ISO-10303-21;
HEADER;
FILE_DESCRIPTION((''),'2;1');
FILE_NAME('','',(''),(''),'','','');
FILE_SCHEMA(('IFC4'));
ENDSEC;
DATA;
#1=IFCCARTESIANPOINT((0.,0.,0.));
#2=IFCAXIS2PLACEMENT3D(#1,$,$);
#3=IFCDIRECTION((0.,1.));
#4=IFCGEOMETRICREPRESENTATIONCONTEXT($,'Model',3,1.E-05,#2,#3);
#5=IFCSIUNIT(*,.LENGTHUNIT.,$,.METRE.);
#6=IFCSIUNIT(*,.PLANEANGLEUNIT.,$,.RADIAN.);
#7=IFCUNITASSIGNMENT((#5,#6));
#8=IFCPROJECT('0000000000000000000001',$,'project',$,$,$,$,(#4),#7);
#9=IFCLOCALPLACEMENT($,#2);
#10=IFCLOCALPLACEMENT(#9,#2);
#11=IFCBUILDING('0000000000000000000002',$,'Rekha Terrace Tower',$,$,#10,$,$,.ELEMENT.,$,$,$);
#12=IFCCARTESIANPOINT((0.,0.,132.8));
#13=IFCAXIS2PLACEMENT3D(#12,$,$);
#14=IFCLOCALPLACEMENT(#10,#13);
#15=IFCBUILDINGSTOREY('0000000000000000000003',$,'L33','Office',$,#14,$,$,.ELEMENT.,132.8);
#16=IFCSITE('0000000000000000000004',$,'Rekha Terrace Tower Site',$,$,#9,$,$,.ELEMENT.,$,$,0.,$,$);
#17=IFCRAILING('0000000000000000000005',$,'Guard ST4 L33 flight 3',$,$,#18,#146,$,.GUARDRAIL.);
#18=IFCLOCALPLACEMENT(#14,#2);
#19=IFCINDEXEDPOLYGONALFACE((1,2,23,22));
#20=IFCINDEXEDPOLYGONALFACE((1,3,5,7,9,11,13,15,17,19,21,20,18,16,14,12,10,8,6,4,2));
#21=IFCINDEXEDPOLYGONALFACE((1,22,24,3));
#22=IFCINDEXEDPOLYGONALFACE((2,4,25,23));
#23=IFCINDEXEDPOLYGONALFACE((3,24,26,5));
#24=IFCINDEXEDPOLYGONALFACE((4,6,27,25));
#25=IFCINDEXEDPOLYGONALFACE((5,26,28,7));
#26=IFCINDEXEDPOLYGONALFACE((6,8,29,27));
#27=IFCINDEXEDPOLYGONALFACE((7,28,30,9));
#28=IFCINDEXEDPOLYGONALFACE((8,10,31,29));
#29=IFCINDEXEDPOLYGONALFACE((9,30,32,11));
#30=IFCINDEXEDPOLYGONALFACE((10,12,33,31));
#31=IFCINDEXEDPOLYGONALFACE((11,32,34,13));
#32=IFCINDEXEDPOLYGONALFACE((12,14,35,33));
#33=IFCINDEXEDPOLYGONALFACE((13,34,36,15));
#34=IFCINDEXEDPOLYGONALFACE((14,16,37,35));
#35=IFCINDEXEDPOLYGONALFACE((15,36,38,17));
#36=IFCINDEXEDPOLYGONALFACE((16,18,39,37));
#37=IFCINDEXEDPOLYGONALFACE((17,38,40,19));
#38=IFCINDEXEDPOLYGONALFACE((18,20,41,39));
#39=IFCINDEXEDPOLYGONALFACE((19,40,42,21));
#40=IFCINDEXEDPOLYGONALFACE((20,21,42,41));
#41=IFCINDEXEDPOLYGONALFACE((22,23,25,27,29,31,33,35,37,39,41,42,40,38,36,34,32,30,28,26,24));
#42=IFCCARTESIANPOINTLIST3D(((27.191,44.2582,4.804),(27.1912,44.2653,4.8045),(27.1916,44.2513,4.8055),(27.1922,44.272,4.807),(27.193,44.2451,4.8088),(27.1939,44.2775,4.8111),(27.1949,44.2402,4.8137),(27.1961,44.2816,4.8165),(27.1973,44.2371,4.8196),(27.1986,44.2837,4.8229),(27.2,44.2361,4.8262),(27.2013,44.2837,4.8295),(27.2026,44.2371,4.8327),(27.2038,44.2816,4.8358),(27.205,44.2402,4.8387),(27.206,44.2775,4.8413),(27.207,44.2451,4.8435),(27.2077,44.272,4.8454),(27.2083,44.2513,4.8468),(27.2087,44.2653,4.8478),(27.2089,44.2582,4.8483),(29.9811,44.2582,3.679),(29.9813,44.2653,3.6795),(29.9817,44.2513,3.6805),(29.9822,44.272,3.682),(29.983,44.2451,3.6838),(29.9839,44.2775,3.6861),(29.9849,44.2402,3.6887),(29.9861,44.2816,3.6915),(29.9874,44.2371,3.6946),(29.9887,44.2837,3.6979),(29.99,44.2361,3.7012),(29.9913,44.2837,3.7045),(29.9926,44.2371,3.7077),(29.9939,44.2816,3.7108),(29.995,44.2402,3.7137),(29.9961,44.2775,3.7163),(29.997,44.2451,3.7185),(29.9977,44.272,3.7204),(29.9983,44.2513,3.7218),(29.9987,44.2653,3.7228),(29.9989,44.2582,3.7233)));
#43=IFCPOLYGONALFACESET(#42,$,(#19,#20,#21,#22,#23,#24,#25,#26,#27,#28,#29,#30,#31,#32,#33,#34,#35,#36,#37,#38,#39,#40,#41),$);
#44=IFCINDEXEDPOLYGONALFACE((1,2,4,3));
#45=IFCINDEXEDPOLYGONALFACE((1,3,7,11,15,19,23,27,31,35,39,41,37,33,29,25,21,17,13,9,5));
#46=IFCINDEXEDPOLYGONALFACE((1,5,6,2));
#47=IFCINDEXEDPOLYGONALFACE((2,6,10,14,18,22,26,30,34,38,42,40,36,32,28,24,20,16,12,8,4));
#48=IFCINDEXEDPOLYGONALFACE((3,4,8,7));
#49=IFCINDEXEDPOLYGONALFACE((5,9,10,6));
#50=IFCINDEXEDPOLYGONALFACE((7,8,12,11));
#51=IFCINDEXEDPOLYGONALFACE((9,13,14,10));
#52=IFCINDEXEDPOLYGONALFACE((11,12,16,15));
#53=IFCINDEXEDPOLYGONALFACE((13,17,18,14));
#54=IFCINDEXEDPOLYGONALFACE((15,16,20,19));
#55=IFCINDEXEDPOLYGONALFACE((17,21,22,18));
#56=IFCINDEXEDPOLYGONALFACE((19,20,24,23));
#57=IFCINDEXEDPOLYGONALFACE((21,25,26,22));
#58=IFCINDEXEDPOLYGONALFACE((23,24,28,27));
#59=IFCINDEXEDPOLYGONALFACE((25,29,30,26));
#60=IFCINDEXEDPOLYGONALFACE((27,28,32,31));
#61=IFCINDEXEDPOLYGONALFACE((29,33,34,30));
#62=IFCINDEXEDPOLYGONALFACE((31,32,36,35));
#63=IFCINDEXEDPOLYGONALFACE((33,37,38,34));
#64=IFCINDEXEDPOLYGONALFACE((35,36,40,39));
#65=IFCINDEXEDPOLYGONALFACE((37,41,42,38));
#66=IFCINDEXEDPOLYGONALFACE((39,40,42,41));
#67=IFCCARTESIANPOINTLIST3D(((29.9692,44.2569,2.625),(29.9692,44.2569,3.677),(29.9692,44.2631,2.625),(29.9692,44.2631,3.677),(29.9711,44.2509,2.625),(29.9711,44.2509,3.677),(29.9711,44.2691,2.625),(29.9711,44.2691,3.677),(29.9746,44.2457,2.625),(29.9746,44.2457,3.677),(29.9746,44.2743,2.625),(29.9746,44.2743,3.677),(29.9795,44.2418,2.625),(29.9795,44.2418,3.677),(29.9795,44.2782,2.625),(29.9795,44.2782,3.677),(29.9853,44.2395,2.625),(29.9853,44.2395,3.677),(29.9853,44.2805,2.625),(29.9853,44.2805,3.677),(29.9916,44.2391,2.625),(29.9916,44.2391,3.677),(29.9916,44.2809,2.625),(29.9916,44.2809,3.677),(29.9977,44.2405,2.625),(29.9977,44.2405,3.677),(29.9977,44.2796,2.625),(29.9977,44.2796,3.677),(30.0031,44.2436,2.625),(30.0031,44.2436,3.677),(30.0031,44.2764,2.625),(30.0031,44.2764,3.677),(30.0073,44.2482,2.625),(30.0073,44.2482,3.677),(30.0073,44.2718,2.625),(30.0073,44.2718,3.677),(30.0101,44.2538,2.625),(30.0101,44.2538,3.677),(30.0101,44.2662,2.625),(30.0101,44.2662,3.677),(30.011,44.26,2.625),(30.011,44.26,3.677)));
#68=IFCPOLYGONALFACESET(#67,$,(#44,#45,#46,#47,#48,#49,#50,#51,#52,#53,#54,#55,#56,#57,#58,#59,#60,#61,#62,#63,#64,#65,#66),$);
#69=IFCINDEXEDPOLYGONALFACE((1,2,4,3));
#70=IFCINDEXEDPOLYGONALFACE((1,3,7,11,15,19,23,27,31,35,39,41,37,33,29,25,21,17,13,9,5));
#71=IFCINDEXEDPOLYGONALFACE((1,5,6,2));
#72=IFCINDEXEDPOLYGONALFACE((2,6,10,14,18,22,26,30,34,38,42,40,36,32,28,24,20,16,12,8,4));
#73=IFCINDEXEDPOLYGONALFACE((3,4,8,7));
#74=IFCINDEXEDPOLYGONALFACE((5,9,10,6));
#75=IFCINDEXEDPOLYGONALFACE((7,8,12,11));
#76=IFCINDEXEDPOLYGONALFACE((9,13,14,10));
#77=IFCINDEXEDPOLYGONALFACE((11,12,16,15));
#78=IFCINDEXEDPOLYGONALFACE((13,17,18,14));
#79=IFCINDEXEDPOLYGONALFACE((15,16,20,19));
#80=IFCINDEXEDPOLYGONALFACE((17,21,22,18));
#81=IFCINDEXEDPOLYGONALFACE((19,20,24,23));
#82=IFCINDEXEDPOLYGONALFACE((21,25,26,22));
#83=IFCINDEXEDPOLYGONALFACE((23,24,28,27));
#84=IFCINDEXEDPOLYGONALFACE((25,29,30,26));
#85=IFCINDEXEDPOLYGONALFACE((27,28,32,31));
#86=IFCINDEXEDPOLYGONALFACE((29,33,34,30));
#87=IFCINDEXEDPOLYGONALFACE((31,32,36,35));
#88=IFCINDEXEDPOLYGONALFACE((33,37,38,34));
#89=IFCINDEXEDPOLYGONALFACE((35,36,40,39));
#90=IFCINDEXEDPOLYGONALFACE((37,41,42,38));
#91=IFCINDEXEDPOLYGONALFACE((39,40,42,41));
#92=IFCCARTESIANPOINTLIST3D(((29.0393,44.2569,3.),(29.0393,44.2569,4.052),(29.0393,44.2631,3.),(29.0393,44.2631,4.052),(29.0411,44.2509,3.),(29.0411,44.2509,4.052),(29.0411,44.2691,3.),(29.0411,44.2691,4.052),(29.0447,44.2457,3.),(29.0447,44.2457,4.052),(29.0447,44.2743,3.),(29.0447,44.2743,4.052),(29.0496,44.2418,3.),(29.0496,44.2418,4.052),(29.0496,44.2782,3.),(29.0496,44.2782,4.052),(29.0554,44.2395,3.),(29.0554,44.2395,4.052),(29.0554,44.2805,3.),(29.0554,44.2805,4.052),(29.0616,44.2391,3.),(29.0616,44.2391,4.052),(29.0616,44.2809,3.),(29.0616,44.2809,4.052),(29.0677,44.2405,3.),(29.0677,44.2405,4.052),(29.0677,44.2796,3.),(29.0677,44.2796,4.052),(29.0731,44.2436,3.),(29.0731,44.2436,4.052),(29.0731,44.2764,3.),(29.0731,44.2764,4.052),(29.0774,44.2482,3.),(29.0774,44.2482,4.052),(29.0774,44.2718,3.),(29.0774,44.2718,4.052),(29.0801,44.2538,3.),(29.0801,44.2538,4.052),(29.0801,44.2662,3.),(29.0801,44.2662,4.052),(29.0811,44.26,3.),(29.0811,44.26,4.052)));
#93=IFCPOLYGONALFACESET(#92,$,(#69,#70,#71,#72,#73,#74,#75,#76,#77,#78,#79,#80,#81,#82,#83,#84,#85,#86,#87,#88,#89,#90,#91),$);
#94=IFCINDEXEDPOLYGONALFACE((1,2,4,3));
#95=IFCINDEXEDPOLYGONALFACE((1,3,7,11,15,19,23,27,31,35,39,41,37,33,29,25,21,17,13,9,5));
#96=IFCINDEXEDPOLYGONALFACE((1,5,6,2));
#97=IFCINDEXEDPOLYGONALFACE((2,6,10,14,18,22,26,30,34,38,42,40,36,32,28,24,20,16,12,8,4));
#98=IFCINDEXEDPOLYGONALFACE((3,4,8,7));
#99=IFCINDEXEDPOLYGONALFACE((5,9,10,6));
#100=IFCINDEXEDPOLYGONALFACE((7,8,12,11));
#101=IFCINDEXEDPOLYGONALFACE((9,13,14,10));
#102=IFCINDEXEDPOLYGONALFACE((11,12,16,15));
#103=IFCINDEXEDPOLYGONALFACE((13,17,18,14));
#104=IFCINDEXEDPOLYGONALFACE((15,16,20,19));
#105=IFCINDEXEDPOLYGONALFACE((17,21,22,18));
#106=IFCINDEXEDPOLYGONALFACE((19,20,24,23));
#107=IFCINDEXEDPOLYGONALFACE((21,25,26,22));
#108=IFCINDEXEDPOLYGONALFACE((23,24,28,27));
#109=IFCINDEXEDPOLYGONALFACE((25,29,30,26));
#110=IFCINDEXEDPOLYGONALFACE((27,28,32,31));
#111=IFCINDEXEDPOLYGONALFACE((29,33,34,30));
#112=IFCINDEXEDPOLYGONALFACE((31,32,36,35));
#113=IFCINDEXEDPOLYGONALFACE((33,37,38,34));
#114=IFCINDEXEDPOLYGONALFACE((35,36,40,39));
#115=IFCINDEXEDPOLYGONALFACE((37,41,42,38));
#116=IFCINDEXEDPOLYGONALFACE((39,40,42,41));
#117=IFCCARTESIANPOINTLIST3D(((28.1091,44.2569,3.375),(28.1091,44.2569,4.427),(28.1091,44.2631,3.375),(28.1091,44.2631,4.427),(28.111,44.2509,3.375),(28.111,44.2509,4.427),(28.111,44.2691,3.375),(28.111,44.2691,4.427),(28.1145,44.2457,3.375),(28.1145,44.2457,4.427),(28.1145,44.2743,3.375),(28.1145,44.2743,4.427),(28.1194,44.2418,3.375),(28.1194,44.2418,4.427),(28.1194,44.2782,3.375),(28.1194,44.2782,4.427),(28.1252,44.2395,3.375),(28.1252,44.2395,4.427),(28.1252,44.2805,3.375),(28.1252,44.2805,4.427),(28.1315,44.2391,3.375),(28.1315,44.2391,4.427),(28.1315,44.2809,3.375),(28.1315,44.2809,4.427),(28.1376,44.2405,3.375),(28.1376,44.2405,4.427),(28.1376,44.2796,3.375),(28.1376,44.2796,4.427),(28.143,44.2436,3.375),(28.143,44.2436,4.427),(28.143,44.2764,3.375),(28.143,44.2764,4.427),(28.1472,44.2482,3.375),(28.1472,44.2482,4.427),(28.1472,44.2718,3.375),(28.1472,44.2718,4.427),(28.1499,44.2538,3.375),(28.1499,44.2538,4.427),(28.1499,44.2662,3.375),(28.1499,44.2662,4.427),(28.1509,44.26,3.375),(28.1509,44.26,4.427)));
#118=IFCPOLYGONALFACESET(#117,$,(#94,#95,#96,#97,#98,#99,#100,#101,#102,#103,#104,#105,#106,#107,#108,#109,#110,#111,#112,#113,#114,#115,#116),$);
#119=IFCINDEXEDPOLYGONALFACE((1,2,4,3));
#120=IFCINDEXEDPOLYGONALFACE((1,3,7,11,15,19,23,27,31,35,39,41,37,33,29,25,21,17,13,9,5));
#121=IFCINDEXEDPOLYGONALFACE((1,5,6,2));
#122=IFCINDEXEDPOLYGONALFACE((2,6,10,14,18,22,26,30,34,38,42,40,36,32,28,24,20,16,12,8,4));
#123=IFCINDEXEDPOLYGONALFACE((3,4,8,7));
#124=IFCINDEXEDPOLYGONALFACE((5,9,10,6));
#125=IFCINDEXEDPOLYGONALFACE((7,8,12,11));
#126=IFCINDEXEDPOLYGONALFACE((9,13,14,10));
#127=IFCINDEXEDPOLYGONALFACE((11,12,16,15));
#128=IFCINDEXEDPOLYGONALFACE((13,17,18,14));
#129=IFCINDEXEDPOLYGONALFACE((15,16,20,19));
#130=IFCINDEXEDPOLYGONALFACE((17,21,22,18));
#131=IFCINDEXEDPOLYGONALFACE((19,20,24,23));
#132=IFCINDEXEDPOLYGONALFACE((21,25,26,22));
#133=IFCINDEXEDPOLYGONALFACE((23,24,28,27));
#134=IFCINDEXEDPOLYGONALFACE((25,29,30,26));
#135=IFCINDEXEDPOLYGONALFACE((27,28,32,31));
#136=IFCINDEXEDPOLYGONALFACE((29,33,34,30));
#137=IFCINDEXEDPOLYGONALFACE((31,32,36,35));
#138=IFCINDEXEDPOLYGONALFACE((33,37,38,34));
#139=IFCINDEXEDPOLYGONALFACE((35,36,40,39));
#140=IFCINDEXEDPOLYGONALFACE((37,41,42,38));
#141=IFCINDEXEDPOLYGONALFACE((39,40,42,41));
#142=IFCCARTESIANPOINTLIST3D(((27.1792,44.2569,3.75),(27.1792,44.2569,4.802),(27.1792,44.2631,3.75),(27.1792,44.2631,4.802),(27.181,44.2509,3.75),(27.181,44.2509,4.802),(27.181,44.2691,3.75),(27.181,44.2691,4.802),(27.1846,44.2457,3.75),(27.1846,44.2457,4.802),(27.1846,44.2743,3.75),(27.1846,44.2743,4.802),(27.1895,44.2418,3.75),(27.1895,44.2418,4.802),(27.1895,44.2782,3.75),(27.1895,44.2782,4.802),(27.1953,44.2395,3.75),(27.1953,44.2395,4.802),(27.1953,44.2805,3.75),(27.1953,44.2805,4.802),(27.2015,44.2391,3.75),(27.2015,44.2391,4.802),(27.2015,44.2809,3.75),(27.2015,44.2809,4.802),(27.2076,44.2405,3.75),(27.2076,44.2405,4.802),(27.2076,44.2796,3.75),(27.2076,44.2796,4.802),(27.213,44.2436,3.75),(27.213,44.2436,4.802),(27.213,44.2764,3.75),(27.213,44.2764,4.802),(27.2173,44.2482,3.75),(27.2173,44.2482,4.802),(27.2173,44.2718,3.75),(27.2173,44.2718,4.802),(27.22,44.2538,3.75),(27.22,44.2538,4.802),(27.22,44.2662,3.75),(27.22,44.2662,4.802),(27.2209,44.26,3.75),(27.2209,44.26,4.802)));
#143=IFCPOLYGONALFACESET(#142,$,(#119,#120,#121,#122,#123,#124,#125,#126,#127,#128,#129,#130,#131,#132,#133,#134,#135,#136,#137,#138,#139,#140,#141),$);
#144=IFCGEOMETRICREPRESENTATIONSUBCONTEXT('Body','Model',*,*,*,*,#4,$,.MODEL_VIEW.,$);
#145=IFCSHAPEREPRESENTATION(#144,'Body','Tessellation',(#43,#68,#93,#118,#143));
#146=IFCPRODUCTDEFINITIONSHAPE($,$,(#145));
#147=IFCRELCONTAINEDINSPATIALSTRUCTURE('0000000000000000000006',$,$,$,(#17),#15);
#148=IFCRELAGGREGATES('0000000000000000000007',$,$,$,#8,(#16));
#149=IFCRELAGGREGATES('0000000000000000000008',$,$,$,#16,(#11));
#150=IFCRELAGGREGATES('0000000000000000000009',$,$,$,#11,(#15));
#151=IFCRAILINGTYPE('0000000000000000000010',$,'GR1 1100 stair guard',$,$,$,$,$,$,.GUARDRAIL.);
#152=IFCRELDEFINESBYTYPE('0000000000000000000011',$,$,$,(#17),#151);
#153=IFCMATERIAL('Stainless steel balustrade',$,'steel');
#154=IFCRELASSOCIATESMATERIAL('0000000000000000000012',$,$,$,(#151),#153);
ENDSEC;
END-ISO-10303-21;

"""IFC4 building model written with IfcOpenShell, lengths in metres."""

from ifc_helpers import new_model, si_unit, direction, frame, origin, origin_2d, place, context, subcontext, project, spatial, circle, extrude, material, type_object, element, save


model = new_model("IFC4")

# Units and contexts
model_context = context("Model", 3, precision=1e-05, world=origin(), true_north=direction((0.0, 1.0)))
body_context = subcontext(model_context, "Body", "Model", "MODEL_VIEW")
ifc_project = project(units=[si_unit("LENGTHUNIT", "METRE"), si_unit("PLANEANGLEUNIT", "RADIAN")], contexts=[model_context])

# Site, building, storey
site_placement = place(None, origin())
site = spatial("IfcSite", under=ifc_project, at=site_placement, Name="Rekha Terrace Tower Site", CompositionType="ELEMENT", RefElevation=0.0)
building_placement = place(site_placement, origin())
building = spatial("IfcBuilding", under=site, at=building_placement, Name="Rekha Terrace Tower", CompositionType="ELEMENT")
storey_placement = place(building_placement, frame((0.0, 0.0, 132.8)))
storey = spatial("IfcBuildingStorey", under=building, at=storey_placement, Name="L33", Description="Office", CompositionType="ELEMENT", Elevation=132.8)

# Railing
ifc_material_1 = material(Name="Stainless steel balustrade", Category="steel")
railing_type_1 = type_object("IfcRailingType", Name="GR1 1100 stair guard", PredefinedType="GUARDRAIL", material=ifc_material_1)
railing_1_placement = place(storey_placement, frame((29.99, 44.26, 2.625)))
element("IfcRailing", 1, at=railing_1_placement, inside=storey, type_object=railing_type_1, Name="Guard ST4 L33 flight 3", PredefinedType="GUARDRAIL", context=body_context, shape_type="SweptSolid", body=[
    extrude(circle(Radius=0.0239, at=origin_2d()), frame((0.0, 0.0, 1.0762), z_axis=(-0.927443, 0.0, 0.373964), x_axis=(0.0, -1.0, 0.0)), (0.0, 0.0, 1.0), 3.0083),
    extrude(circle(Radius=0.021, at=origin_2d()), origin(), (0.0, 0.0, 1.0), 1.052),
    extrude(circle(Radius=0.021, at=origin_2d()), frame((-0.9299, 0.0, 0.375)), (0.0, 0.0, 1.0), 1.052),
    extrude(circle(Radius=0.021, at=origin_2d()), frame((-1.8601, 0.0, 0.75)), (0.0, 0.0, 1.0), 1.052),
    extrude(circle(Radius=0.021, at=origin_2d()), frame((-2.79, 0.0, 1.125)), (0.0, 0.0, 1.0), 1.052),
])

save(model, "model.ifc")
